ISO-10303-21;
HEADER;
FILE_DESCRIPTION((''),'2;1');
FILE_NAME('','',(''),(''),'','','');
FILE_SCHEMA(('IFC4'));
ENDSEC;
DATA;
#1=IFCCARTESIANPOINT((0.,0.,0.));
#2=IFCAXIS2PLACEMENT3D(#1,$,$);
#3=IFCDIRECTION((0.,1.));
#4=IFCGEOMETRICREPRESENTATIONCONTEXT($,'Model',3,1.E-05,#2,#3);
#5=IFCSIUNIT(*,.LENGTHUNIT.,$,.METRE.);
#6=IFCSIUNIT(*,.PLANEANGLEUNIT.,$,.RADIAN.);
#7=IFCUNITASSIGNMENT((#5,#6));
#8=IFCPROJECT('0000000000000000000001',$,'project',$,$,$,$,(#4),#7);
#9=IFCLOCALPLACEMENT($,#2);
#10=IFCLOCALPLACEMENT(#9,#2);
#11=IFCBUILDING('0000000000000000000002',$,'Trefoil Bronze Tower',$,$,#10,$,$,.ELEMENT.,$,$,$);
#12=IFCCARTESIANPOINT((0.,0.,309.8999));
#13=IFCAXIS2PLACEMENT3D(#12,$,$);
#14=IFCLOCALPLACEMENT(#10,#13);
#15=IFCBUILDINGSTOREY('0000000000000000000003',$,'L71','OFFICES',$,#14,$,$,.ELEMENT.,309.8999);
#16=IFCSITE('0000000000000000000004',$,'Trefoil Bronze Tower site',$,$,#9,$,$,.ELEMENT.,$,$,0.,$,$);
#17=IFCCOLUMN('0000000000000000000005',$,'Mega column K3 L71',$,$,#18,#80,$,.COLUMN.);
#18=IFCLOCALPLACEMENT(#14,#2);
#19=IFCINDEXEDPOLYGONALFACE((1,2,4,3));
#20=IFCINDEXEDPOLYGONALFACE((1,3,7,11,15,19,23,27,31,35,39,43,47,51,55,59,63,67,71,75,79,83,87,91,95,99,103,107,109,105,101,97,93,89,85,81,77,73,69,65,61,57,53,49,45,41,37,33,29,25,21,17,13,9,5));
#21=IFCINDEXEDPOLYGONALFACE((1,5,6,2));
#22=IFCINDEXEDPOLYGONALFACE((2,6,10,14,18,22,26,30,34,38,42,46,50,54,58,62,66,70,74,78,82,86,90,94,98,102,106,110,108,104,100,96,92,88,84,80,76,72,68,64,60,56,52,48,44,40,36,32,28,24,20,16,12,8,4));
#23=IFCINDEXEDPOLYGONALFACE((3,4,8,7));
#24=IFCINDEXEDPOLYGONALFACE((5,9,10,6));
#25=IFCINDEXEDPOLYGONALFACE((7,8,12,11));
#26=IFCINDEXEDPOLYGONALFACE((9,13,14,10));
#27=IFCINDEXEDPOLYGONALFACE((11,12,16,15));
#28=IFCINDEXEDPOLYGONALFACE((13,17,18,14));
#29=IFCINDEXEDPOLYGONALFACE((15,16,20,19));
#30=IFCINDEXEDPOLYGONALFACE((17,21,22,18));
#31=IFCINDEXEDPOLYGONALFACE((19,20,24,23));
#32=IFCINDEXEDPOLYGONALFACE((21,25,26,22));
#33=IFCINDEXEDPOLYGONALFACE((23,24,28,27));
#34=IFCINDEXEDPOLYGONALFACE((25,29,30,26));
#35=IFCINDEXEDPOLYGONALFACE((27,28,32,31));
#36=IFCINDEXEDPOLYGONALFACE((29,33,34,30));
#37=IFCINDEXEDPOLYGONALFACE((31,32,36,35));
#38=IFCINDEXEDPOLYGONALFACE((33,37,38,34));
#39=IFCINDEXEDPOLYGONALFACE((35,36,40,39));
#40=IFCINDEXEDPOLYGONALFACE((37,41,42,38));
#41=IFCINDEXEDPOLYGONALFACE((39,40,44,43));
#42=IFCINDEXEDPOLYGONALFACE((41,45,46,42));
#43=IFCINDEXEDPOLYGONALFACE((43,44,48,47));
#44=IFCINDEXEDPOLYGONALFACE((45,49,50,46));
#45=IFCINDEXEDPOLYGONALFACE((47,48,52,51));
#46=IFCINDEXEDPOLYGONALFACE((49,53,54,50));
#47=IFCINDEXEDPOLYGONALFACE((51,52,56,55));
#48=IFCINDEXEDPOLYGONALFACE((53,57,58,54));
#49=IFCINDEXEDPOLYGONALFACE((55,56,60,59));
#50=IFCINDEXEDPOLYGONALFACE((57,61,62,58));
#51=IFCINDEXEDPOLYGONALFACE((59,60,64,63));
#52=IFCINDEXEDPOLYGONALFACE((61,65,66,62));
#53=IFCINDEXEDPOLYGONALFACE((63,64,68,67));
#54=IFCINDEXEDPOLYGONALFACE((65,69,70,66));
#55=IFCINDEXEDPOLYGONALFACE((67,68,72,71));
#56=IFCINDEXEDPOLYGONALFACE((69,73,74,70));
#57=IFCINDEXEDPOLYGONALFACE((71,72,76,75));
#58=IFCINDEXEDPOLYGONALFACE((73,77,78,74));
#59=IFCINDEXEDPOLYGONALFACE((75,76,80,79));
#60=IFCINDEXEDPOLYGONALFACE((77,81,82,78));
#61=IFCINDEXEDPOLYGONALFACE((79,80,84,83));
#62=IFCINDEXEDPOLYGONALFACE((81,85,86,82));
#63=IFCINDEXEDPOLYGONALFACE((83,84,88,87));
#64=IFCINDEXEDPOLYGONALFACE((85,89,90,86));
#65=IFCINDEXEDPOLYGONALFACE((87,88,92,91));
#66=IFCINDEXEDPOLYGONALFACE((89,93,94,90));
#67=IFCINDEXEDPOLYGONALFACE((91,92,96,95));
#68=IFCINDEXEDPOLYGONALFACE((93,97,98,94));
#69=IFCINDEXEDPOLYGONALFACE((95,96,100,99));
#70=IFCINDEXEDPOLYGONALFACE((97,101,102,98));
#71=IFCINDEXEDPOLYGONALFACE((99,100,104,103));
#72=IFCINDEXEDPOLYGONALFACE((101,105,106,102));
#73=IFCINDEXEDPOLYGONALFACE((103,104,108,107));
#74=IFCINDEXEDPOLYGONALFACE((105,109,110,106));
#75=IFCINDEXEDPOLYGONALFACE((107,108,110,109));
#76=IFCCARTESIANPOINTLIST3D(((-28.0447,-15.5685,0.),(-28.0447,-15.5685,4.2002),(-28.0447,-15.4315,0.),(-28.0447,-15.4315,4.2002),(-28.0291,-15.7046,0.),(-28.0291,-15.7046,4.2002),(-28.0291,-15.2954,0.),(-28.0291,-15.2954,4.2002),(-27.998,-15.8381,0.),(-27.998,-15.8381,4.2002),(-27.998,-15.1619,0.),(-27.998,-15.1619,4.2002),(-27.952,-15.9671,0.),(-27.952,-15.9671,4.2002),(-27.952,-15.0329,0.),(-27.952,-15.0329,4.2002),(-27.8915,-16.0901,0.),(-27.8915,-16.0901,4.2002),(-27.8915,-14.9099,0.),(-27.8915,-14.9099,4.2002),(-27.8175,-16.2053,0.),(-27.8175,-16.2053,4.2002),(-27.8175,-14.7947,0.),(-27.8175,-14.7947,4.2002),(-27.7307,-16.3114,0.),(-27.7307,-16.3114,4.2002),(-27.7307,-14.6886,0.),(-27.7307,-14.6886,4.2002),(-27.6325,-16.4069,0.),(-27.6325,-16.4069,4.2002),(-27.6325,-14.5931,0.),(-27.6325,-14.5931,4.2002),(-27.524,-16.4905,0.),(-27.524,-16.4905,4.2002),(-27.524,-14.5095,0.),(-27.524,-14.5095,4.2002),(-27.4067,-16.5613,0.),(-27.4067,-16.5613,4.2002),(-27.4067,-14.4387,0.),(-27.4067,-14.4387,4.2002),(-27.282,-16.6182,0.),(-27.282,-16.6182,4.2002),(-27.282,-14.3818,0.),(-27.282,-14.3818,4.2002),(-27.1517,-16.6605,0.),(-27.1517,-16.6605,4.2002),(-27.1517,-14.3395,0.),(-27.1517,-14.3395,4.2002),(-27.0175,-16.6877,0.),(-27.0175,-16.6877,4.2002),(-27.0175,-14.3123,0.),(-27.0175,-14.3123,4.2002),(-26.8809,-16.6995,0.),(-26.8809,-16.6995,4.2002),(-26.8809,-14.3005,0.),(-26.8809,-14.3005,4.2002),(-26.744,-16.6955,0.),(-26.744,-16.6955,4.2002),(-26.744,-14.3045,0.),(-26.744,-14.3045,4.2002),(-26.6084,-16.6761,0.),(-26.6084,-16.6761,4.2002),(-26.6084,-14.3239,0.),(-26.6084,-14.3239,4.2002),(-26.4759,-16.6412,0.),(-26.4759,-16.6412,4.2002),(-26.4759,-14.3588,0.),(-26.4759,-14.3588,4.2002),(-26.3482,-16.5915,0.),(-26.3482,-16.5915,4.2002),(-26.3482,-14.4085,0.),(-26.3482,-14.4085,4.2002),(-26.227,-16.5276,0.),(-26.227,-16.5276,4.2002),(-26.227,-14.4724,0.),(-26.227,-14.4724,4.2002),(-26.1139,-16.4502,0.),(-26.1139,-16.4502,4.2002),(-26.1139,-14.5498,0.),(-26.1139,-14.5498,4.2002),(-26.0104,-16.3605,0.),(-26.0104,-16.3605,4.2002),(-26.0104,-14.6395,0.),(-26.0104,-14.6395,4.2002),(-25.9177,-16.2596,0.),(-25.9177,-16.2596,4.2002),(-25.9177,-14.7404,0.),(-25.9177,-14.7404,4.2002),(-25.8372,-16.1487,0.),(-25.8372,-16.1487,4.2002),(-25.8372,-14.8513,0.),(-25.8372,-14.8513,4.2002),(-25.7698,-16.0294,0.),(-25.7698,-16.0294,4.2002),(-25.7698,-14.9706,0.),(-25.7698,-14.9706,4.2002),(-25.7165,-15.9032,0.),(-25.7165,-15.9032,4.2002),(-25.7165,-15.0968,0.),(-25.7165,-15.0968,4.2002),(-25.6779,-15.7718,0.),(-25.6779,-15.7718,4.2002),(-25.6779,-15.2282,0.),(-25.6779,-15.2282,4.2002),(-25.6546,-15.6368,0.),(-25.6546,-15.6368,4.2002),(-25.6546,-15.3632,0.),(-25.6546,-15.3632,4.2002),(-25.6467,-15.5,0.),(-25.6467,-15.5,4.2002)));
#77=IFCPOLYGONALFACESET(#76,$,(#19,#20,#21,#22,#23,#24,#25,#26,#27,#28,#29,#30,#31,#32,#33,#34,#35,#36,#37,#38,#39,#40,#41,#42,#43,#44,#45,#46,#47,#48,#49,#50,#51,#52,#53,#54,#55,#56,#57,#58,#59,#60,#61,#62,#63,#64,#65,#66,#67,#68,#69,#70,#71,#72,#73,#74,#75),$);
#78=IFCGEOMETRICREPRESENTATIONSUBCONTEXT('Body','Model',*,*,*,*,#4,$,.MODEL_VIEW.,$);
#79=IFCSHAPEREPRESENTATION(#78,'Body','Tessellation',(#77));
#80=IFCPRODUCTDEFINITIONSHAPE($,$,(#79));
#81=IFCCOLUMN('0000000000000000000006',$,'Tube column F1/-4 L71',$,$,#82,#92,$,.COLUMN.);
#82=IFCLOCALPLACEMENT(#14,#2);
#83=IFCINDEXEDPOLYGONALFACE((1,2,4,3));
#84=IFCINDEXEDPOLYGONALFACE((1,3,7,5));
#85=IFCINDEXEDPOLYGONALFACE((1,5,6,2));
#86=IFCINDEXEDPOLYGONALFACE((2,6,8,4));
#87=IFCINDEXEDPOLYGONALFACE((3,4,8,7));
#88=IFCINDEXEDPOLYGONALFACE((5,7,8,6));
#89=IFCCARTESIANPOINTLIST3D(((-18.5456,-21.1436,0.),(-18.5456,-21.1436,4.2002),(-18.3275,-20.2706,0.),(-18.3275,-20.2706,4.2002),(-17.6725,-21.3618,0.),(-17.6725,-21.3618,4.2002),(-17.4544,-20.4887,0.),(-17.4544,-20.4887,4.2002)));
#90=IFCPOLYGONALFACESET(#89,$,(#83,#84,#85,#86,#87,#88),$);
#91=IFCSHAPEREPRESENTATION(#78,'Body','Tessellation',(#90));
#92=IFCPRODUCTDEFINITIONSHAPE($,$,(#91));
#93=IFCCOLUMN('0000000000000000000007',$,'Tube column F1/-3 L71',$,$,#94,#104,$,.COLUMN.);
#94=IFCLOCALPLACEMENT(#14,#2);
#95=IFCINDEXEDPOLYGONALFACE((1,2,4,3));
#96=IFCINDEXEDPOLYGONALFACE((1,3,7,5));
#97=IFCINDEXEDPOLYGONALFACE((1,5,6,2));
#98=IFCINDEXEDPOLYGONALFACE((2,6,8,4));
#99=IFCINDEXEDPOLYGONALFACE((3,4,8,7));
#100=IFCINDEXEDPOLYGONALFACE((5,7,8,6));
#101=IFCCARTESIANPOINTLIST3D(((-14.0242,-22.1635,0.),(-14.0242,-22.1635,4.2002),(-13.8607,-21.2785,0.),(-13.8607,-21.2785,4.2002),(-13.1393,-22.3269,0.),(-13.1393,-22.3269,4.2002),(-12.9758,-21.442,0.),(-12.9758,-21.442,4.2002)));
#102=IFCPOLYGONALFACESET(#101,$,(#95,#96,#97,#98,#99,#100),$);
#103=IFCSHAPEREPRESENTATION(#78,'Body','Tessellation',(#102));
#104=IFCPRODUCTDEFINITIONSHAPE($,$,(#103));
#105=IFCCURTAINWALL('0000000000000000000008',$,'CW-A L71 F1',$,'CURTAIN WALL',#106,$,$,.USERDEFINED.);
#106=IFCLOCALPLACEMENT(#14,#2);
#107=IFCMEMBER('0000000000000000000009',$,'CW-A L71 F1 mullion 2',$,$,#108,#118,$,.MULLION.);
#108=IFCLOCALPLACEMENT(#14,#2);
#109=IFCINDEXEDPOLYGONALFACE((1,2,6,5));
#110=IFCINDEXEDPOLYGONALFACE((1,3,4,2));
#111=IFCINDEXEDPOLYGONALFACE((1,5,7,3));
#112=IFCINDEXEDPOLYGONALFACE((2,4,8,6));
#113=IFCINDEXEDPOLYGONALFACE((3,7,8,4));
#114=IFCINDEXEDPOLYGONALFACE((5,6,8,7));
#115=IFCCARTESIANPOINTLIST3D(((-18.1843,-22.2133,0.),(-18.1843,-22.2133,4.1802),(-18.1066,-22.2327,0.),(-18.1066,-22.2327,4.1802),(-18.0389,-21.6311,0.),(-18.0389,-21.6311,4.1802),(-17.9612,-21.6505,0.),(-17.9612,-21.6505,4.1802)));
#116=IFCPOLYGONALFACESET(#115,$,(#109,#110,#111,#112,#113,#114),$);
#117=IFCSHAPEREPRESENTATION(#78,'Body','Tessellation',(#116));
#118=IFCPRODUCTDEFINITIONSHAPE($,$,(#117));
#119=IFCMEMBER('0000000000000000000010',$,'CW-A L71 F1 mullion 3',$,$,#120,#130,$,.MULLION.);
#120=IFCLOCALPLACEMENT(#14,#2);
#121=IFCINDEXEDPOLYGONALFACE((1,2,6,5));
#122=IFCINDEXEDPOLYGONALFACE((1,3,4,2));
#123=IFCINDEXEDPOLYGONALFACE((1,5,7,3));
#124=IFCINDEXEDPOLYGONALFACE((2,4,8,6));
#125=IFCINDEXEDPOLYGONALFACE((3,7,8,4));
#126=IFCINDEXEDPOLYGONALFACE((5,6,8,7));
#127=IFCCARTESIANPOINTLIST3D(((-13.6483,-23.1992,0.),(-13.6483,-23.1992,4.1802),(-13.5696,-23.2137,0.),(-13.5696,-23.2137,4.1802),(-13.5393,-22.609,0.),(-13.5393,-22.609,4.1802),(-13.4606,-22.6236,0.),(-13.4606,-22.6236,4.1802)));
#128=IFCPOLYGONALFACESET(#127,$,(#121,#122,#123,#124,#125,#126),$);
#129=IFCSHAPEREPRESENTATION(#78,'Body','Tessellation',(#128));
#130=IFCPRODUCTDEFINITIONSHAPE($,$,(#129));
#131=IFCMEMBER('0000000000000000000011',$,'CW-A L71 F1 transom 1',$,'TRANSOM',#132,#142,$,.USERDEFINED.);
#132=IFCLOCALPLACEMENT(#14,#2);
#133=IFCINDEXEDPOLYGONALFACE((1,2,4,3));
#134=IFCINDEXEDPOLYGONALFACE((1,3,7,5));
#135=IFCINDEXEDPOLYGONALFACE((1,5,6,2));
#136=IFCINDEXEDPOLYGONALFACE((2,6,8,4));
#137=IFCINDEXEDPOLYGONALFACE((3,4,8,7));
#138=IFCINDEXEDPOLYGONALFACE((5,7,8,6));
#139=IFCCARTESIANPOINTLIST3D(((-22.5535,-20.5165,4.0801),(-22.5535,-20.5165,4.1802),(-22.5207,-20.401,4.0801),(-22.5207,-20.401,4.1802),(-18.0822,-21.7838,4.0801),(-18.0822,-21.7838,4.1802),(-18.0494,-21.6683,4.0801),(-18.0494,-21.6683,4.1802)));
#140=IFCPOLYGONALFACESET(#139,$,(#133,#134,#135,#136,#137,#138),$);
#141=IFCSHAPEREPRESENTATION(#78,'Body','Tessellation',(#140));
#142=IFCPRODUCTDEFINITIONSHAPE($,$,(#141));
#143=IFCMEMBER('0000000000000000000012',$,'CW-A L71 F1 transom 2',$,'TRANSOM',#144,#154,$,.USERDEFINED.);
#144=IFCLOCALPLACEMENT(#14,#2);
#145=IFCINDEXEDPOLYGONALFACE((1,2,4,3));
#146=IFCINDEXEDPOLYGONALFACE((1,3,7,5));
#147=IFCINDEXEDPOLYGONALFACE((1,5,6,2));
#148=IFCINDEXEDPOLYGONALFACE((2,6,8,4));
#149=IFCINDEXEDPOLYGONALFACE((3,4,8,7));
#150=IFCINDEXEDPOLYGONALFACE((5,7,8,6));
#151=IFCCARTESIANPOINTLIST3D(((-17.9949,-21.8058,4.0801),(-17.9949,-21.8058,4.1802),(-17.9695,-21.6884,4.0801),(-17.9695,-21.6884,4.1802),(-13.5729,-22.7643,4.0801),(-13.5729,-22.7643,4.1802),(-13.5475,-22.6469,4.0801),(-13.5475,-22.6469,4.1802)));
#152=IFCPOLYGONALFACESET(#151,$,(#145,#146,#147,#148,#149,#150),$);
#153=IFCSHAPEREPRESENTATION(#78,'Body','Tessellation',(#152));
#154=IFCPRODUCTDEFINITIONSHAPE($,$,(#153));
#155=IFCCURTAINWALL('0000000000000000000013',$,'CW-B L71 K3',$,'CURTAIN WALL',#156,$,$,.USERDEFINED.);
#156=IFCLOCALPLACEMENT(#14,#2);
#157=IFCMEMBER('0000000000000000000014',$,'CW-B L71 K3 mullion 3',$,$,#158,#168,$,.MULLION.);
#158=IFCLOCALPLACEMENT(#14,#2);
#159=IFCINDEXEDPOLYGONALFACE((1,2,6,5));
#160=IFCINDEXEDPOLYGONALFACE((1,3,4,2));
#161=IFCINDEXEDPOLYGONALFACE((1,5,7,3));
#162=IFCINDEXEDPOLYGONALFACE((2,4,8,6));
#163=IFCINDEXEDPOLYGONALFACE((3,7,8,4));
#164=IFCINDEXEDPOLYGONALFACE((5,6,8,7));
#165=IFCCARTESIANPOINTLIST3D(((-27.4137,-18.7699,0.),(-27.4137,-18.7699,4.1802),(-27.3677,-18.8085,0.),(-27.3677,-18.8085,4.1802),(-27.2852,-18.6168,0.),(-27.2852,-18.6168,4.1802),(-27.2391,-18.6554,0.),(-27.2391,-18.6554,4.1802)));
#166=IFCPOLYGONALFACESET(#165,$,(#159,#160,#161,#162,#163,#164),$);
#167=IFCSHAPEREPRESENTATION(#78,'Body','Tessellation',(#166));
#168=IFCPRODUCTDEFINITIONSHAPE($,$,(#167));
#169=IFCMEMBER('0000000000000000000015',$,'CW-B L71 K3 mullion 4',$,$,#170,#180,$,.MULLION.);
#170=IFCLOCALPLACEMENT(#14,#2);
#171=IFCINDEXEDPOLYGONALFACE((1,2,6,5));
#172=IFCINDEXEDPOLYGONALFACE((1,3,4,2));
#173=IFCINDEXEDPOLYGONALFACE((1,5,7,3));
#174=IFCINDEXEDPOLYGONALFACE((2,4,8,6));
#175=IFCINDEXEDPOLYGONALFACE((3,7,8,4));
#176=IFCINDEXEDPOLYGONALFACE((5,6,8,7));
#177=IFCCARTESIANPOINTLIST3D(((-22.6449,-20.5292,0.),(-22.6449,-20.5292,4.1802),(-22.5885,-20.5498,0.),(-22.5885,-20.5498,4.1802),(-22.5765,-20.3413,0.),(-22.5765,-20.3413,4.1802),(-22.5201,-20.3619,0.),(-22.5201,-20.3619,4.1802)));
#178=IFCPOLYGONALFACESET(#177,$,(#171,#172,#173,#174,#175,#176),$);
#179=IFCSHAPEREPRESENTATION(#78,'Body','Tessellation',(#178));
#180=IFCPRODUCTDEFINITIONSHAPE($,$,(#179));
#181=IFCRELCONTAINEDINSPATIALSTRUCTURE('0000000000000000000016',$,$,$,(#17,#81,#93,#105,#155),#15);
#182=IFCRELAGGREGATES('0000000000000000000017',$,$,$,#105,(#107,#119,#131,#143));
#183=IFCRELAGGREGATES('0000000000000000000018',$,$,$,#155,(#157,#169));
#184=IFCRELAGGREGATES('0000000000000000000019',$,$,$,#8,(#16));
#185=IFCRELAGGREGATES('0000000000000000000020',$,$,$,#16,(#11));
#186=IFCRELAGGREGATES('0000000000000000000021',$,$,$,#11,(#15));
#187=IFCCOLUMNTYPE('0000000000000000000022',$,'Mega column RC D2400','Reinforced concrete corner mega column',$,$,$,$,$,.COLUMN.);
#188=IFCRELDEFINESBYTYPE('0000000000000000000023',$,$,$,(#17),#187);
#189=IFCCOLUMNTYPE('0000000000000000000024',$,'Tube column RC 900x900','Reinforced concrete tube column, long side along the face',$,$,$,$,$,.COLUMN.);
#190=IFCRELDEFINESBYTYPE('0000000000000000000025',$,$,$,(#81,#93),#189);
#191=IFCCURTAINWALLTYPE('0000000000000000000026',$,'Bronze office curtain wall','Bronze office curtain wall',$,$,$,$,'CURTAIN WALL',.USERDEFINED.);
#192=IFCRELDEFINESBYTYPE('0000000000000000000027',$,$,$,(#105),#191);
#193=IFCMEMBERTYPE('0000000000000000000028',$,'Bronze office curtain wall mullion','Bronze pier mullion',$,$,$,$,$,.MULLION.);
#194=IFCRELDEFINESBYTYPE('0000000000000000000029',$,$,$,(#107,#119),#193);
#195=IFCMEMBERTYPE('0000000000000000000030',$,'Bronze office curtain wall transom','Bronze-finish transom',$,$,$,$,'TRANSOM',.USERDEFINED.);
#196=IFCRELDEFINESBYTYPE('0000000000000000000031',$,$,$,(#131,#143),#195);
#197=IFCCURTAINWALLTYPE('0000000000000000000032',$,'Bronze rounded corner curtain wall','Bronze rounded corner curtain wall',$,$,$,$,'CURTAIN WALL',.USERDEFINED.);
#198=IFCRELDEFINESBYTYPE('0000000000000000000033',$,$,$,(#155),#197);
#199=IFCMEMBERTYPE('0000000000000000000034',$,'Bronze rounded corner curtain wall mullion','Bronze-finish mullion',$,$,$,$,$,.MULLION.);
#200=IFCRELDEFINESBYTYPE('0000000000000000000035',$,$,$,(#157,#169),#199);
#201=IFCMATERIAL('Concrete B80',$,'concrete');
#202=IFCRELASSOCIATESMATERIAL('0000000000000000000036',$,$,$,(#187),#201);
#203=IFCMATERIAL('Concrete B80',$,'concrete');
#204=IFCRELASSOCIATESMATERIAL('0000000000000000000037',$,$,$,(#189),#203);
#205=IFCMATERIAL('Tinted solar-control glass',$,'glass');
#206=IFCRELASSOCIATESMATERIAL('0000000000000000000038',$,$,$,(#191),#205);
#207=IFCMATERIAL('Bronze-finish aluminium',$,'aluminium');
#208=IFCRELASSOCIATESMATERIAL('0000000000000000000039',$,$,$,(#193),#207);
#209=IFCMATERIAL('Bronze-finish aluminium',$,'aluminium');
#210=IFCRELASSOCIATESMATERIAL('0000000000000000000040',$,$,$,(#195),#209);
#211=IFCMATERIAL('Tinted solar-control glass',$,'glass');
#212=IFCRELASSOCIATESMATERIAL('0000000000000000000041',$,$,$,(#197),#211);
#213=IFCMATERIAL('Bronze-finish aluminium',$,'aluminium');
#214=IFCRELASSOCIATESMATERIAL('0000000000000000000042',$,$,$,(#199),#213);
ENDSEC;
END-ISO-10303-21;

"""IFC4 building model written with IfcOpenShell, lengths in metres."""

from ifc_helpers import new_model, si_unit, direction, frame, origin, origin_2d, place, context, subcontext, project, spatial, rectangle, circle, extrude, material, material_profile, profile_set, type_object, element, aggregate, save


model = new_model("IFC4")

# Units and contexts
model_context = context("Model", 3, precision=1e-05, world=origin(), true_north=direction((0.0, 1.0)))
body_context = subcontext(model_context, "Body", "Model", "MODEL_VIEW")
ifc_project = project(units=[si_unit("LENGTHUNIT", "METRE"), si_unit("PLANEANGLEUNIT", "RADIAN")], contexts=[model_context])

# Site, building, storey
site_placement = place(None, origin())
site = spatial("IfcSite", under=ifc_project, at=site_placement, Name="Trefoil Bronze Tower site", CompositionType="ELEMENT", RefElevation=0.0)
building_placement = place(site_placement, origin())
building = spatial("IfcBuilding", under=site, at=building_placement, Name="Trefoil Bronze Tower", CompositionType="ELEMENT")
storey_placement = place(building_placement, frame((0.0, 0.0, 309.8999)))
storey = spatial("IfcBuildingStorey", under=building, at=storey_placement, Name="L71", Description="OFFICES", CompositionType="ELEMENT", Elevation=309.8999)

# Columns
ifc_material_1 = material(Name="Concrete B80", Category="concrete")
ifc_material_profile_1 = material_profile(ifc_material_1, circle(Radius=1.2, at=origin_2d()), Name="RC D2400")
ifc_profile_set_1 = profile_set([ifc_material_profile_1], Name="Concrete B80")
column_type_1 = type_object("IfcColumnType", Name="Mega column RC D2400", Description="Reinforced concrete corner mega column", PredefinedType="COLUMN", material=ifc_profile_set_1)
column_placement = place(storey_placement, frame((-26.8467, -15.5, 0.0), z_axis=(0.0, 0.0, 1.0), x_axis=(1.0, 0.0, 0.0)))
element("IfcColumn", 1, at=column_placement, inside=storey, type_object=column_type_1, Name="Mega column K3 L71", PredefinedType="COLUMN", context=body_context, shape_type="SweptSolid", body=[
    extrude(circle(Radius=1.2, at=origin_2d()), origin(), (0.0, 0.0, 1.0), 4.2002),
])
ifc_material_2 = material(Name="Concrete B80", Category="concrete")
ifc_material_profile_2 = material_profile(ifc_material_2, rectangle(XDim=0.8999, YDim=0.8999, at=origin_2d()), Name="RC 900x900")
ifc_profile_set_2 = profile_set([ifc_material_profile_2], Name="Concrete B80")
column_type_2 = type_object("IfcColumnType", Name="Tube column RC 900x900", Description="Reinforced concrete tube column, long side along the face", PredefinedType="COLUMN", material=ifc_profile_set_2)
for number, where, z_axis, x_axis, name in (
    (2, (-18.0, -20.8162, 0.0), (0.0, 0.0, 1.0), (0.970178, -0.242394, 0.0), "Tube column F1/-4 L71"),
    (3, (-13.5, -21.8027, 0.0), (0.0, 0.0, 1.0), (0.98336, -0.181667, 0.0), "Tube column F1/-3 L71"),
):
    element("IfcColumn", number, at=place(storey_placement, frame(where, z_axis=z_axis, x_axis=x_axis)), inside=storey, type_object=column_type_2, Name=name, PredefinedType="COLUMN", context=body_context, shape_type="SweptSolid", body=[
        extrude(rectangle(XDim=0.8999, YDim=0.8999, at=origin_2d()), origin(), (0.0, 0.0, 1.0), 4.2002),
    ])

# Curtain walls, members
ifc_material_3 = material(Name="Tinted solar-control glass", Category="glass")
curtain_wall_type_1 = type_object("IfcCurtainWallType", Name="Bronze office curtain wall", Description="Bronze office curtain wall", ElementType="CURTAIN WALL", PredefinedType="USERDEFINED", material=ifc_material_3)
curtain_wall_1_placement = place(storey_placement, origin())
curtain_wall_1 = element("IfcCurtainWall", 4, at=curtain_wall_1_placement, inside=storey, type_object=curtain_wall_type_1, Name="CW-A L71 F1", ObjectType="CURTAIN WALL", PredefinedType="USERDEFINED")
ifc_material_4 = material(Name="Bronze-finish aluminium", Category="aluminium")
ifc_material_profile_3 = material_profile(ifc_material_4, rectangle(XDim=0.6001, YDim=0.0801, at=origin_2d()), Name="CW-A mullion")
ifc_profile_set_3 = profile_set([ifc_material_profile_3], Name="Bronze-finish aluminium")
member_type_1 = type_object("IfcMemberType", Name="Bronze office curtain wall mullion", Description="Bronze pier mullion", PredefinedType="MULLION", material=ifc_profile_set_3)
member_1_placement = place(storey_placement, frame((-18.0728, -21.9319, 0.0), z_axis=(0.0, 0.0, 1.0), x_axis=(0.242394, 0.970178, 0.0)))
member_1 = element("IfcMember", 5, at=member_1_placement, type_object=member_type_1, Name="CW-A L71 F1 mullion 2", PredefinedType="MULLION", context=body_context, shape_type="SweptSolid", body=[
    extrude(rectangle(XDim=0.6001, YDim=0.0801, at=origin_2d()), origin(), (0.0, 0.0, 1.0), 4.1802),
])
member_2_placement = place(storey_placement, frame((-13.5544, -22.9114, 0.0), z_axis=(0.0, 0.0, 1.0), x_axis=(0.181667, 0.98336, 0.0)))
member_2 = element("IfcMember", 6, at=member_2_placement, type_object=member_type_1, Name="CW-A L71 F1 mullion 3", PredefinedType="MULLION", context=body_context, shape_type="SweptSolid", body=[
    extrude(rectangle(XDim=0.6001, YDim=0.0801, at=origin_2d()), origin(), (0.0, 0.0, 1.0), 4.1802),
])
ifc_material_5 = material(Name="Bronze-finish aluminium", Category="aluminium")
ifc_material_profile_4 = material_profile(ifc_material_5, rectangle(XDim=0.1201, YDim=0.1001, at=origin_2d()), Name="CW-A transom")
ifc_profile_set_4 = profile_set([ifc_material_profile_4], Name="Bronze-finish aluminium")
member_type_2 = type_object("IfcMemberType", Name="Bronze office curtain wall transom", Description="Bronze-finish transom", ElementType="TRANSOM", PredefinedType="USERDEFINED", material=ifc_profile_set_4)
member_3_placement = place(storey_placement, frame((-22.5371, -20.4587, 4.1301), z_axis=(0.962103, -0.272688, 0.0), x_axis=(0.272688, 0.962103, 0.0)))
member_3 = element("IfcMember", 7, at=member_3_placement, type_object=member_type_2, Name="CW-A L71 F1 transom 1", ObjectType="TRANSOM", PredefinedType="USERDEFINED", context=body_context, shape_type="SweptSolid", body=[
    extrude(rectangle(XDim=0.1201, YDim=0.1001, at=origin_2d()), origin(), (0.0, 0.0, 1.0), 4.6475),
])
member_4_placement = place(storey_placement, frame((-17.9822, -21.7471, 4.1301), z_axis=(0.977304, -0.211843, 0.0), x_axis=(0.211843, 0.977304, 0.0)))
member_4 = element("IfcMember", 8, at=member_4_placement, type_object=member_type_2, Name="CW-A L71 F1 transom 2", ObjectType="TRANSOM", PredefinedType="USERDEFINED", context=body_context, shape_type="SweptSolid", body=[
    extrude(rectangle(XDim=0.1201, YDim=0.1001, at=origin_2d()), origin(), (0.0, 0.0, 1.0), 4.5247),
])
ifc_material_6 = material(Name="Tinted solar-control glass", Category="glass")
curtain_wall_type_2 = type_object("IfcCurtainWallType", Name="Bronze rounded corner curtain wall", Description="Bronze rounded corner curtain wall", ElementType="CURTAIN WALL", PredefinedType="USERDEFINED", material=ifc_material_6)
curtain_wall_2_placement = place(storey_placement, origin())
curtain_wall_2 = element("IfcCurtainWall", 9, at=curtain_wall_2_placement, inside=storey, type_object=curtain_wall_type_2, Name="CW-B L71 K3", ObjectType="CURTAIN WALL", PredefinedType="USERDEFINED")
ifc_material_7 = material(Name="Bronze-finish aluminium", Category="aluminium")
ifc_material_profile_5 = material_profile(ifc_material_7, rectangle(XDim=0.2, YDim=0.0601, at=origin_2d()), Name="CW-B mullion")
ifc_profile_set_5 = profile_set([ifc_material_profile_5], Name="Bronze-finish aluminium")
member_type_3 = type_object("IfcMemberType", Name="Bronze rounded corner curtain wall mullion", Description="Bronze-finish mullion", PredefinedType="MULLION", material=ifc_profile_set_5)
member_5_placement = place(storey_placement, frame((-27.3264, -18.7126, 0.0), z_axis=(0.0, 0.0, 1.0), x_axis=(0.642788, 0.766044, 0.0)))
member_5 = element("IfcMember", 10, at=member_5_placement, type_object=member_type_3, Name="CW-B L71 K3 mullion 3", PredefinedType="MULLION", context=body_context, shape_type="SweptSolid", body=[
    extrude(rectangle(XDim=0.2, YDim=0.0601, at=origin_2d()), origin(), (0.0, 0.0, 1.0), 4.1802),
])
member_6_placement = place(storey_placement, frame((-22.5825, -20.4456, 0.0), z_axis=(0.0, 0.0, 1.0), x_axis=(0.34202, 0.939693, 0.0)))
member_6 = element("IfcMember", 11, at=member_6_placement, type_object=member_type_3, Name="CW-B L71 K3 mullion 4", PredefinedType="MULLION", context=body_context, shape_type="SweptSolid", body=[
    extrude(rectangle(XDim=0.2, YDim=0.0601, at=origin_2d()), origin(), (0.0, 0.0, 1.0), 4.1802),
])

aggregate(curtain_wall_1, [member_1, member_2, member_3, member_4])
aggregate(curtain_wall_2, [member_5, member_6])

save(model, "model.ifc")
